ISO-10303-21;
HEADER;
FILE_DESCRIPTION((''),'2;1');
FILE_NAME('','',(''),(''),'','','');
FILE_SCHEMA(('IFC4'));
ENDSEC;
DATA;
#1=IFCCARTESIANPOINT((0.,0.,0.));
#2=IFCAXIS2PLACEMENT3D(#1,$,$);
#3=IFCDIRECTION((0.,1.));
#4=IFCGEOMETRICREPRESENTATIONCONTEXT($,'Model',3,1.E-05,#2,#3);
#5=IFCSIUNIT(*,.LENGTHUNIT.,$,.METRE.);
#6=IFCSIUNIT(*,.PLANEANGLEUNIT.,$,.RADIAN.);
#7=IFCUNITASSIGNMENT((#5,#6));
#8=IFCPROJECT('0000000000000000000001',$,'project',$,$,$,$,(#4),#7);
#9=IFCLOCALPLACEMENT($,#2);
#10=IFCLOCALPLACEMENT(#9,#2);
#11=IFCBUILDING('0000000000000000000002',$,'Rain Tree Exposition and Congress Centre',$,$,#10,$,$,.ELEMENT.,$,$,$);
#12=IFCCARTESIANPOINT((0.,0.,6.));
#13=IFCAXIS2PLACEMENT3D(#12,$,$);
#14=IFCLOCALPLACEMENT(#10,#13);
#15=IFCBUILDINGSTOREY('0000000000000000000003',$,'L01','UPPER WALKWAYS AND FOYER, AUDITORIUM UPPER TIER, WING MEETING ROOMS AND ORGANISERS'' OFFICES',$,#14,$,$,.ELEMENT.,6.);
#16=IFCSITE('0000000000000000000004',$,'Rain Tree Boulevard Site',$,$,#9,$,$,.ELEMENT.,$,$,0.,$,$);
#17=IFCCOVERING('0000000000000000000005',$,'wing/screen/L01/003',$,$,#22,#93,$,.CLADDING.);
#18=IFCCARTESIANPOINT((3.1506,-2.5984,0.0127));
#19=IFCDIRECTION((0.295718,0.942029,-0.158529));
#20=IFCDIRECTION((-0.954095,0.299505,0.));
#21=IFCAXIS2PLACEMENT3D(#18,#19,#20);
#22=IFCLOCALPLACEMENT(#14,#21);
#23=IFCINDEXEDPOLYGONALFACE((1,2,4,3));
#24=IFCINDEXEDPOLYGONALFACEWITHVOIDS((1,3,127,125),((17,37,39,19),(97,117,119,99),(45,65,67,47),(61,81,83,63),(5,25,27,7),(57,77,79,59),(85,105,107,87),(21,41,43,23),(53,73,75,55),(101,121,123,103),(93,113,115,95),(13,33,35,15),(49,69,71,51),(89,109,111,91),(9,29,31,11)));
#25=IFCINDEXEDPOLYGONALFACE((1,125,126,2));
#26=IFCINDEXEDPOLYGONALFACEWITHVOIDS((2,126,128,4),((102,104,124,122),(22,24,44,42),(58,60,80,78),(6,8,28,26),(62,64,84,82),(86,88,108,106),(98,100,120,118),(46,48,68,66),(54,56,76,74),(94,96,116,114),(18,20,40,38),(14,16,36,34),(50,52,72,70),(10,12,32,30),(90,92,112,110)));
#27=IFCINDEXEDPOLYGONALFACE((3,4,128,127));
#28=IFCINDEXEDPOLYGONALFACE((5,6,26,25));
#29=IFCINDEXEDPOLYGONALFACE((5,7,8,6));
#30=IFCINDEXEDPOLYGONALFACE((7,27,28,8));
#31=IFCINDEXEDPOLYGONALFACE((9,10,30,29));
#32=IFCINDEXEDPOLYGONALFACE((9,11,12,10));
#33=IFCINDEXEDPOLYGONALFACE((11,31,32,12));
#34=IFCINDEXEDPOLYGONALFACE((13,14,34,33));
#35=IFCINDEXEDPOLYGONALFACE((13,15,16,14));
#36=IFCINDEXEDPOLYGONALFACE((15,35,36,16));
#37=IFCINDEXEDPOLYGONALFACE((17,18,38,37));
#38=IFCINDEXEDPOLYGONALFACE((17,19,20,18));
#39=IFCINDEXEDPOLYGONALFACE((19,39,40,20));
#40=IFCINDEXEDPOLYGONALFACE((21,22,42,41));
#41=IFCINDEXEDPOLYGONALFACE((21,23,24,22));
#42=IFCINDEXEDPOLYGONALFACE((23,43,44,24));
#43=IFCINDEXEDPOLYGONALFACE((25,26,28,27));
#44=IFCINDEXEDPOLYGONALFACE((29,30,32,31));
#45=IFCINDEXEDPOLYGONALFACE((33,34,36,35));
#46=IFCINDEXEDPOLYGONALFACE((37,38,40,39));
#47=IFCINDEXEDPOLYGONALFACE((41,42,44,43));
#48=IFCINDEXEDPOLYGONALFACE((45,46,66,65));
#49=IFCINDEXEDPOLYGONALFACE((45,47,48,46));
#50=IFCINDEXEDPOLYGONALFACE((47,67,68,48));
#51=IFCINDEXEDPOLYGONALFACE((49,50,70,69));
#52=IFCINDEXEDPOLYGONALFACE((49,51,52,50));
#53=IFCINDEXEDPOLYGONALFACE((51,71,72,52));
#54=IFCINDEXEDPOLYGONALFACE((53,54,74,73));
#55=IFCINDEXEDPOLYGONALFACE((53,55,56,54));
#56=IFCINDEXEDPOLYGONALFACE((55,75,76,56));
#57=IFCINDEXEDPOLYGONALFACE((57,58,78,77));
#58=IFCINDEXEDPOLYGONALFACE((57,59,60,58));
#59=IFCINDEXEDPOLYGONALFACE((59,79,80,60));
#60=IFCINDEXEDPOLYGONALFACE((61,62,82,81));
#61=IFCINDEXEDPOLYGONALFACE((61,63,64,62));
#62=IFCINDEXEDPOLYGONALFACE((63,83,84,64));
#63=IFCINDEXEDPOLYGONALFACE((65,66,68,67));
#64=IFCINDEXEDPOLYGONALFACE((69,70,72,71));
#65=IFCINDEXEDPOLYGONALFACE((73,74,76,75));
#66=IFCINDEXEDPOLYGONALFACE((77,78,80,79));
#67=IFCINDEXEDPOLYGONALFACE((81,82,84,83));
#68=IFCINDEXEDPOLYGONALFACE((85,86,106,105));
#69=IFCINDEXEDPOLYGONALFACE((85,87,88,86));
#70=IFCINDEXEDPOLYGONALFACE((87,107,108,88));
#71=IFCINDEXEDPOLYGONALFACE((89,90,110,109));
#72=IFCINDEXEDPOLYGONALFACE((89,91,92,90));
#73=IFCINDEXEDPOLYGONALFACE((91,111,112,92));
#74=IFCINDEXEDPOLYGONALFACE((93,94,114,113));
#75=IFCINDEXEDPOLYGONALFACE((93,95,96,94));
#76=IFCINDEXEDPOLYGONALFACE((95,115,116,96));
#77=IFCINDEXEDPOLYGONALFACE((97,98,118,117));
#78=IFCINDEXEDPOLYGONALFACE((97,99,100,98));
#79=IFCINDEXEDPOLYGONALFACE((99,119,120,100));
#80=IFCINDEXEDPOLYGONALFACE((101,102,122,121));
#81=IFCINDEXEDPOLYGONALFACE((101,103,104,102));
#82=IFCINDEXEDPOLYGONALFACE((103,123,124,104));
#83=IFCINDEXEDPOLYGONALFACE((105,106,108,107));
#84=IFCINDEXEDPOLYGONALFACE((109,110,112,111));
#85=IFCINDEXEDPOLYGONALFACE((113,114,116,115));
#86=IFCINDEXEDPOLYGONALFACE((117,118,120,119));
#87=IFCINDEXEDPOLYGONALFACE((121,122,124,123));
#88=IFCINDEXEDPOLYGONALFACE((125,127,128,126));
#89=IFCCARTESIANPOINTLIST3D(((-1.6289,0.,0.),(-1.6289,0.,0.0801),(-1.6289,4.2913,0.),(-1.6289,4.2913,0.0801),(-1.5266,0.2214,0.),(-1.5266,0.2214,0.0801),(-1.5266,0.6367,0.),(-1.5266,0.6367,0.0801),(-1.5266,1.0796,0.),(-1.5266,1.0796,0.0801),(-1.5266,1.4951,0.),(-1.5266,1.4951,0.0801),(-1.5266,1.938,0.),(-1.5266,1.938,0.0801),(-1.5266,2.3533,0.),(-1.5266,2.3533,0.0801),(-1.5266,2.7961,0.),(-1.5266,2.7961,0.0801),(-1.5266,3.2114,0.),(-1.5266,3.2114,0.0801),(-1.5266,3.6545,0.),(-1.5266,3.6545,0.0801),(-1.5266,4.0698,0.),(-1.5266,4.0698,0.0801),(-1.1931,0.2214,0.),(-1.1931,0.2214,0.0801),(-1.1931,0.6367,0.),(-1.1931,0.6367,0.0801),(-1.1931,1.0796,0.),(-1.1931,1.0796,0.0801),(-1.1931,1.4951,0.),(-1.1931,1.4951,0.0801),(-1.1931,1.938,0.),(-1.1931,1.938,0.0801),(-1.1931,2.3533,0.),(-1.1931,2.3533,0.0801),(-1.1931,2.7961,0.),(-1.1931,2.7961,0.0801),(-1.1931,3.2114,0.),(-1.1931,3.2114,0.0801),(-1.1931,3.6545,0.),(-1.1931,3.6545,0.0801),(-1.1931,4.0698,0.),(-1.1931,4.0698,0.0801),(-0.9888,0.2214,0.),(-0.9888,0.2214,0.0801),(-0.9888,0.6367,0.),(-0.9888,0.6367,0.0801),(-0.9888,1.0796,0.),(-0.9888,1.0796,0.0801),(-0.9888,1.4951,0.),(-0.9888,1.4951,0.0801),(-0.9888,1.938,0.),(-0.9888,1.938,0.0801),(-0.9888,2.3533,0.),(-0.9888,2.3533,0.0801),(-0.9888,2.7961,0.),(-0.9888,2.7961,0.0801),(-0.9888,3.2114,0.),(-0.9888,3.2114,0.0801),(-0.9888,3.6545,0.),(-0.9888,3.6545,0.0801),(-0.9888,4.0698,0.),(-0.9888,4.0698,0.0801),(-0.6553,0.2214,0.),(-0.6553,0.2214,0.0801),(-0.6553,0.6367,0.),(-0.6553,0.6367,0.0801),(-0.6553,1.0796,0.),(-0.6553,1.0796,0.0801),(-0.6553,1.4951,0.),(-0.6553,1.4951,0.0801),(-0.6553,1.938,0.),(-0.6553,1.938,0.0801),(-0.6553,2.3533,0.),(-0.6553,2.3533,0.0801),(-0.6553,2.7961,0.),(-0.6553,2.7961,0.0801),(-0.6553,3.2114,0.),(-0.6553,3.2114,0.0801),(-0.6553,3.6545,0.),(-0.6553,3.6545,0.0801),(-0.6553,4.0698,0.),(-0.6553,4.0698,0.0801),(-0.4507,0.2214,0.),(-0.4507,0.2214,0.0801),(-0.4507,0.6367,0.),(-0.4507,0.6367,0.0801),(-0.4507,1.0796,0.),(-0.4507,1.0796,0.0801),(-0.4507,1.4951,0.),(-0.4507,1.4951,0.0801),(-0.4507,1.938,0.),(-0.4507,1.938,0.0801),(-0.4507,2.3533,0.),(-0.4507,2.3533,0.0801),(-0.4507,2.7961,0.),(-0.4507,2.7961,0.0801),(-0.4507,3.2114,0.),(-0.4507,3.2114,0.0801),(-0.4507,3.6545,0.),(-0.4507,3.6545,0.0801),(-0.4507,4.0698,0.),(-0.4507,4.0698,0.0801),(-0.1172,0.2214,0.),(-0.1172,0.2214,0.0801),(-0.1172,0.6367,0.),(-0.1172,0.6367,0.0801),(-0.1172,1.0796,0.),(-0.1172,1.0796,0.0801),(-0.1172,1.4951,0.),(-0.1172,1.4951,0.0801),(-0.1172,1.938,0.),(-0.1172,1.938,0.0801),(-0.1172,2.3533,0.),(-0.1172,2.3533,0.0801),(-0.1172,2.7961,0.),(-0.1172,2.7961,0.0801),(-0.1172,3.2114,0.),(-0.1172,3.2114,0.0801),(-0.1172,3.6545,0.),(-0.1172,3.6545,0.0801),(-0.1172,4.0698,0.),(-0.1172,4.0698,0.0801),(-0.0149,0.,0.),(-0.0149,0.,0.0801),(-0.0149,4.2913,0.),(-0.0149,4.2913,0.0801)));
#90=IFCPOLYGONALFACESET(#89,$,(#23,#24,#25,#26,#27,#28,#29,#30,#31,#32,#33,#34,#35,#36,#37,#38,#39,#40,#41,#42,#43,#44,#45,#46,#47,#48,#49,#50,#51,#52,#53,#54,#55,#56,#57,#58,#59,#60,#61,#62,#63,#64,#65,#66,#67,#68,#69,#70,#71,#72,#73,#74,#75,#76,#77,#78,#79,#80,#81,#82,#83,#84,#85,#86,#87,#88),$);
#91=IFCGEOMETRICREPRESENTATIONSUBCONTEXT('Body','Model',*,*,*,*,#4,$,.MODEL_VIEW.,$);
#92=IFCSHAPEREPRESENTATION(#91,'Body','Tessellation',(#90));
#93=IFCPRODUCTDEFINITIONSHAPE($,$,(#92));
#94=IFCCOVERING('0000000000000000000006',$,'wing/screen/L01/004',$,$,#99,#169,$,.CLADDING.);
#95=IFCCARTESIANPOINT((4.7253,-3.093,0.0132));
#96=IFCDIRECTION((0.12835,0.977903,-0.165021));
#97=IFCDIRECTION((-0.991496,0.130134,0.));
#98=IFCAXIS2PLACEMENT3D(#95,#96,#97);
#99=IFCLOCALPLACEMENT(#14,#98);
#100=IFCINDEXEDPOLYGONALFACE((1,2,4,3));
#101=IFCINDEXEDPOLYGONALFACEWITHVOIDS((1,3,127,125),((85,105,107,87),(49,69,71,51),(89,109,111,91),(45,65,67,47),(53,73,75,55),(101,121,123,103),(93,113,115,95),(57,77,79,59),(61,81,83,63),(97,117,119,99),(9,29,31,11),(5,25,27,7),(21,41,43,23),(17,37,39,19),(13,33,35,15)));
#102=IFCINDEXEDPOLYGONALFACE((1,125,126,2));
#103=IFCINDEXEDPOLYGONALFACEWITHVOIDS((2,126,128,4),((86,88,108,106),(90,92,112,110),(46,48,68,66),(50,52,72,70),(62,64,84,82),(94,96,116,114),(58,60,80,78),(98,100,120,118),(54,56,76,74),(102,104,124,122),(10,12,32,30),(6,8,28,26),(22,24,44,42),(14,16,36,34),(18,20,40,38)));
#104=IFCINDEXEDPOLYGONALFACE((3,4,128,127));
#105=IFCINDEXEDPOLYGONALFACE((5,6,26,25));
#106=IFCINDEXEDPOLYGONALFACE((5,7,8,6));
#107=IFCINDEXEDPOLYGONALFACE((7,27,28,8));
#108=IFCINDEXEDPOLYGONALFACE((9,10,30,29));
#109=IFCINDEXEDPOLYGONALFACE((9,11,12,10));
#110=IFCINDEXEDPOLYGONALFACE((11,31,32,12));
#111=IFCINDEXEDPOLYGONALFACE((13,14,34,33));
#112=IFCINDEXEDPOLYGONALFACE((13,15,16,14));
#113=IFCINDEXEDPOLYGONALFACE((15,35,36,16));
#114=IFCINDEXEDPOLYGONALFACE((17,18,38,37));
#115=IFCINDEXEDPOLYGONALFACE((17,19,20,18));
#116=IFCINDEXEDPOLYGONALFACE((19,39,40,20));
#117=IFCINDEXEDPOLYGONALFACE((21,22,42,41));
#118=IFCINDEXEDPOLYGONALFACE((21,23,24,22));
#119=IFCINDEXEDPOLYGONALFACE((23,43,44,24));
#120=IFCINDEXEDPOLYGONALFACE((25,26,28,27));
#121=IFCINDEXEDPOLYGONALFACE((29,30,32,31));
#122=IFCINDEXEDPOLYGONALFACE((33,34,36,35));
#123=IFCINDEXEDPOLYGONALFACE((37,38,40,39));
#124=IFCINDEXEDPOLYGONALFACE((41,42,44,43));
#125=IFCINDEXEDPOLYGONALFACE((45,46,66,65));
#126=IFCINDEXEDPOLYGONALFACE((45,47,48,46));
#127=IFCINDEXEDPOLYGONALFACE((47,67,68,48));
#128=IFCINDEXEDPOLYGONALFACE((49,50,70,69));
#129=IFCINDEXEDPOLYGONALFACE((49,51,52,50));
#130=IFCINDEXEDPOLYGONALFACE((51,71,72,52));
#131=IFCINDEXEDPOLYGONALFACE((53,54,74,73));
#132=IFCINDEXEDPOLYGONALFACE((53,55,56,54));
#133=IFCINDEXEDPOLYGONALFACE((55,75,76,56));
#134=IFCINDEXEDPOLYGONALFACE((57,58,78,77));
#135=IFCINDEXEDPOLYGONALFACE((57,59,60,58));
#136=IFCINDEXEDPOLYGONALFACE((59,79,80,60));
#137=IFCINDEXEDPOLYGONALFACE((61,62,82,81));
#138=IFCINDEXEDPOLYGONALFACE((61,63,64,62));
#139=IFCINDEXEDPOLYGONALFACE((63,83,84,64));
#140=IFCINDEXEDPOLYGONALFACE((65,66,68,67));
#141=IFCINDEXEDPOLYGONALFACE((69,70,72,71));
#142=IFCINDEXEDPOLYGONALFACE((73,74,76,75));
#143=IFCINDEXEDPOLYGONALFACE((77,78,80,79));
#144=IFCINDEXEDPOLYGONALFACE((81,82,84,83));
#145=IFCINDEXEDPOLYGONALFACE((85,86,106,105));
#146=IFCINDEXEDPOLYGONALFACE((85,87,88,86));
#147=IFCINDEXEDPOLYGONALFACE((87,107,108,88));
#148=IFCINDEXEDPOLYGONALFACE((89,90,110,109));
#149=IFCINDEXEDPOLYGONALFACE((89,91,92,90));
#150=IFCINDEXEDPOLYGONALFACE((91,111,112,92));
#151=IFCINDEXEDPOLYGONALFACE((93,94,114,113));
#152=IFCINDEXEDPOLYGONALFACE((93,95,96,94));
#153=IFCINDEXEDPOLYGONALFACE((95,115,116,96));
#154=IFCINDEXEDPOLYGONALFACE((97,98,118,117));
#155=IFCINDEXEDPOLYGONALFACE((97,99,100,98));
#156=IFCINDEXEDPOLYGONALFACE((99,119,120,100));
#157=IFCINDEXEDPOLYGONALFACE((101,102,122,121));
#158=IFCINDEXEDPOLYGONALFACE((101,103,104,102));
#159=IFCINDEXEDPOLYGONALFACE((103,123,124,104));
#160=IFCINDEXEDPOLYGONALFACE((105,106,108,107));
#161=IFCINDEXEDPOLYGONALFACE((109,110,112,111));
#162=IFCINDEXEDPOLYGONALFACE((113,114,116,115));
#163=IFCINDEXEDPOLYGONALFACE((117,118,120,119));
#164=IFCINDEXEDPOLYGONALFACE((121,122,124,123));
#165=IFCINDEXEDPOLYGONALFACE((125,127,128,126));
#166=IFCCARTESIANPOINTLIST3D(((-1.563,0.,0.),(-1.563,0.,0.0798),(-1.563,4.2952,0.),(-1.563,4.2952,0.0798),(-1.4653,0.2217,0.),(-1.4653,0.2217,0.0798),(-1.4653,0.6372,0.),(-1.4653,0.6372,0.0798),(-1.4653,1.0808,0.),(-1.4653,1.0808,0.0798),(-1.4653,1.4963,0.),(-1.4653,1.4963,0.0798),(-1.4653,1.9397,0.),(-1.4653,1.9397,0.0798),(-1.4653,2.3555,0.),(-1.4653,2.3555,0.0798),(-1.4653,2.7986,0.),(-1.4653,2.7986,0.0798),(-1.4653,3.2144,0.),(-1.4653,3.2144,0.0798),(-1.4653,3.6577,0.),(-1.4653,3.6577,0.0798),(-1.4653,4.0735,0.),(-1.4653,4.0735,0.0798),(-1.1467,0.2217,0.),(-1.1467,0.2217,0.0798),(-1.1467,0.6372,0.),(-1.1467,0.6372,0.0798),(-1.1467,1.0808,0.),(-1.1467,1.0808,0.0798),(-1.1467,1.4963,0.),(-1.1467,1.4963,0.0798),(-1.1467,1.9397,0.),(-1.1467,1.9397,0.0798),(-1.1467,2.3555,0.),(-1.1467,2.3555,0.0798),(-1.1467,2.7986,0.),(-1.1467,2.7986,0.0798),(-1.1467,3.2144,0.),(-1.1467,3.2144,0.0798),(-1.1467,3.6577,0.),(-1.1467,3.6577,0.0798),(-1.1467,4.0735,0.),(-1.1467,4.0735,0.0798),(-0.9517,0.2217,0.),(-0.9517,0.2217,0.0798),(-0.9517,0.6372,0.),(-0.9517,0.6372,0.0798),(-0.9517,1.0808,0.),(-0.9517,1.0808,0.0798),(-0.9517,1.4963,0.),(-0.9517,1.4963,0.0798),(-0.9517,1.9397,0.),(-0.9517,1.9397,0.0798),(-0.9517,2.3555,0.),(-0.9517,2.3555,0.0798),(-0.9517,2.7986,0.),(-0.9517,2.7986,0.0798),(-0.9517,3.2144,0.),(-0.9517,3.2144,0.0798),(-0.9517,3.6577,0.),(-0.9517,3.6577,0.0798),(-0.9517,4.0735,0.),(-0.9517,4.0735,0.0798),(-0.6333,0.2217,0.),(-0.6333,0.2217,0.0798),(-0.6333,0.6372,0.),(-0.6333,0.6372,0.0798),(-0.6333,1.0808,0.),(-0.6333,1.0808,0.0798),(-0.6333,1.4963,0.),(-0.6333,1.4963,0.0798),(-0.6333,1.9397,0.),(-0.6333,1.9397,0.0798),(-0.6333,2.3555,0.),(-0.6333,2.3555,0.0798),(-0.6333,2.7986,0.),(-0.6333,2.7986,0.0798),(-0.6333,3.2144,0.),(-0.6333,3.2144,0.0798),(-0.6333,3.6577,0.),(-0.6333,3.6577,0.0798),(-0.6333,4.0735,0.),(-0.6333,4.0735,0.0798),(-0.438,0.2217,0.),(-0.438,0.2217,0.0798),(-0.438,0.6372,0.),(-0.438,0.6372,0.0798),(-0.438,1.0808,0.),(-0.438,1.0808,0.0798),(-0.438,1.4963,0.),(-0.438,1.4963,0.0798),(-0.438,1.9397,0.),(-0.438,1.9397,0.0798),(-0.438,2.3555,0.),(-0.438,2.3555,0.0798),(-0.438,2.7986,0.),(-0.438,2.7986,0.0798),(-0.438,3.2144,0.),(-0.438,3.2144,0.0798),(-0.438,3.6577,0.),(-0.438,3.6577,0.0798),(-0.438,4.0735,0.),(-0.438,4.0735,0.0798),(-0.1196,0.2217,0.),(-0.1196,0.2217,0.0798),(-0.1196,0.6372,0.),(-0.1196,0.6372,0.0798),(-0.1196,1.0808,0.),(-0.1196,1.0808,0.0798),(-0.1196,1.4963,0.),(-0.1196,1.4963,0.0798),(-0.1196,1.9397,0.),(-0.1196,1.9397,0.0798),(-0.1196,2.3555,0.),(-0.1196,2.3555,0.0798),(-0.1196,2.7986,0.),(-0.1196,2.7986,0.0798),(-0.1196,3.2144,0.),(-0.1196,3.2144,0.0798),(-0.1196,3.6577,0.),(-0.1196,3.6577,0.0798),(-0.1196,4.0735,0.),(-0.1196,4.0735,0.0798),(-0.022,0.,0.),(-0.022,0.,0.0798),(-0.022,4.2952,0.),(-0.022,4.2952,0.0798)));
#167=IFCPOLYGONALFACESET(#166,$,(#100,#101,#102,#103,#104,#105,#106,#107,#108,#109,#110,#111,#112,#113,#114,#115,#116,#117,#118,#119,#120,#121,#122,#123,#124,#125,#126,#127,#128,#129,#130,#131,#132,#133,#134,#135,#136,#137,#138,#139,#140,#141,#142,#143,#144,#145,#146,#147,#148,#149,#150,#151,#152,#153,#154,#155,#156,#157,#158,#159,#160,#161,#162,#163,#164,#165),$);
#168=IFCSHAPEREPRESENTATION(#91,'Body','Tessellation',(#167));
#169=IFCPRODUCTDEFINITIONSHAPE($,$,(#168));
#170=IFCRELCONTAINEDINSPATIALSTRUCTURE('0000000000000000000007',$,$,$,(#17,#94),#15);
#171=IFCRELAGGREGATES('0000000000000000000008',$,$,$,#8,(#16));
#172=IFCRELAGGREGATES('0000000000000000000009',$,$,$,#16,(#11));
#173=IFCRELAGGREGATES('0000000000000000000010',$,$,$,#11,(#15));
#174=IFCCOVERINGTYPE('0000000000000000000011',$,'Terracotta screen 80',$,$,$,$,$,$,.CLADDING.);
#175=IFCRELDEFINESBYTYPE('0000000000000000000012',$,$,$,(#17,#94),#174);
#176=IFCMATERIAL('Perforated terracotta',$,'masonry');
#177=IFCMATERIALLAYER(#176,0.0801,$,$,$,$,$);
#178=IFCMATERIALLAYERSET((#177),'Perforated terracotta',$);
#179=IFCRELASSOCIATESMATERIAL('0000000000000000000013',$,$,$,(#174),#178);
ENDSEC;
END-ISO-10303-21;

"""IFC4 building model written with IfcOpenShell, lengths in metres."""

from ifc_helpers import new_model, si_unit, direction, frame, origin, place, context, subcontext, project, spatial, polyline, outline, extrude, material, layer, layer_set, type_object, element, save


model = new_model("IFC4")

# Units and contexts
model_context = context("Model", 3, precision=1e-05, world=origin(), true_north=direction((0.0, 1.0)))
body_context = subcontext(model_context, "Body", "Model", "MODEL_VIEW")
ifc_project = project(units=[si_unit("LENGTHUNIT", "METRE"), si_unit("PLANEANGLEUNIT", "RADIAN")], contexts=[model_context])

# Site, building, storey
site_placement = place(None, origin())
site = spatial("IfcSite", under=ifc_project, at=site_placement, Name="Rain Tree Boulevard Site", CompositionType="ELEMENT", RefElevation=0.0)
building_placement = place(site_placement, origin())
building = spatial("IfcBuilding", under=site, at=building_placement, Name="Rain Tree Exposition and Congress Centre", CompositionType="ELEMENT")
storey_placement = place(building_placement, frame((0.0, 0.0, 6.0)))
storey = spatial("IfcBuildingStorey", under=building, at=storey_placement, Name="L01", Description="UPPER WALKWAYS AND FOYER, AUDITORIUM UPPER TIER, WING MEETING ROOMS AND ORGANISERS' OFFICES", CompositionType="ELEMENT", Elevation=6.0)

# Coverings
ifc_material_1 = material(Name="Perforated terracotta", Category="masonry")
ifc_layer_1 = layer(ifc_material_1, 0.0801)
ifc_layer_set_1 = layer_set([ifc_layer_1], Name="Perforated terracotta")
covering_type = type_object("IfcCoveringType", Name="Terracotta screen 80", PredefinedType="CLADDING", material=ifc_layer_set_1)
covering_1_placement = place(storey_placement, frame((3.1506, -2.5984, 0.0127), z_axis=(0.295718, 0.942029, -0.158529), x_axis=(-0.954095, 0.299505, 0.0)))
element("IfcCovering", 1, at=covering_1_placement, inside=storey, type_object=covering_type, Name="wing/screen/L01/003", PredefinedType="CLADDING", context=body_context, shape_type="SweptSolid", body=[
    extrude(outline(polyline([(-1.6289, 0.0), (-1.6289, 4.2913), (-0.0149, 4.2913), (-0.0149, 0.0), (-1.6289, 0.0)]), holes=[polyline([(-0.1172, 0.2214), (-0.1172, 0.6367), (-0.4507, 0.6367), (-0.4507, 0.2214), (-0.1172, 0.2214)]), polyline([(-0.1172, 1.0796), (-0.1172, 1.4951), (-0.4507, 1.4951), (-0.4507, 1.0796), (-0.1172, 1.0796)]), polyline([(-0.1172, 1.938), (-0.1172, 2.3533), (-0.4507, 2.3533), (-0.4507, 1.938), (-0.1172, 1.938)]), polyline([(-0.1172, 2.7961), (-0.1172, 3.2114), (-0.4507, 3.2114), (-0.4507, 2.7961), (-0.1172, 2.7961)]), polyline([(-0.1172, 3.6545), (-0.1172, 4.0698), (-0.4507, 4.0698), (-0.4507, 3.6545), (-0.1172, 3.6545)]), polyline([(-0.6553, 0.2214), (-0.6553, 0.6367), (-0.9888, 0.6367), (-0.9888, 0.2214), (-0.6553, 0.2214)]), polyline([(-0.6553, 1.0796), (-0.6553, 1.4951), (-0.9888, 1.4951), (-0.9888, 1.0796), (-0.6553, 1.0796)]), polyline([(-0.6553, 1.938), (-0.6553, 2.3533), (-0.9888, 2.3533), (-0.9888, 1.938), (-0.6553, 1.938)]), polyline([(-0.6553, 2.7961), (-0.6553, 3.2114), (-0.9888, 3.2114), (-0.9888, 2.7961), (-0.6553, 2.7961)]), polyline([(-0.6553, 3.6545), (-0.6553, 4.0698), (-0.9888, 4.0698), (-0.9888, 3.6545), (-0.6553, 3.6545)]), polyline([(-1.1931, 0.2214), (-1.1931, 0.6367), (-1.5266, 0.6367), (-1.5266, 0.2214), (-1.1931, 0.2214)]), polyline([(-1.1931, 1.0796), (-1.1931, 1.4951), (-1.5266, 1.4951), (-1.5266, 1.0796), (-1.1931, 1.0796)]), polyline([(-1.1931, 1.938), (-1.1931, 2.3533), (-1.5266, 2.3533), (-1.5266, 1.938), (-1.1931, 1.938)]), polyline([(-1.1931, 2.7961), (-1.1931, 3.2114), (-1.5266, 3.2114), (-1.5266, 2.7961), (-1.1931, 2.7961)]), polyline([(-1.1931, 3.6545), (-1.1931, 4.0698), (-1.5266, 4.0698), (-1.5266, 3.6545), (-1.1931, 3.6545)])]), origin(), (0.0, 0.0, 1.0), 0.0801),
])
covering_2_placement = place(storey_placement, frame((4.7253, -3.093, 0.0132), z_axis=(0.12835, 0.977903, -0.165021), x_axis=(-0.991496, 0.130134, 0.0)))
element("IfcCovering", 2, at=covering_2_placement, inside=storey, type_object=covering_type, Name="wing/screen/L01/004", PredefinedType="CLADDING", context=body_context, shape_type="SweptSolid", body=[
    extrude(outline(polyline([(-1.563, 0.0), (-1.563, 4.2952), (-0.022, 4.2952), (-0.022, 0.0), (-1.563, 0.0)]), holes=[polyline([(-0.1196, 0.2217), (-0.1196, 0.6372), (-0.438, 0.6372), (-0.438, 0.2217), (-0.1196, 0.2217)]), polyline([(-0.1196, 1.0808), (-0.1196, 1.4963), (-0.438, 1.4963), (-0.438, 1.0808), (-0.1196, 1.0808)]), polyline([(-0.1196, 1.9397), (-0.1196, 2.3555), (-0.438, 2.3555), (-0.438, 1.9397), (-0.1196, 1.9397)]), polyline([(-0.1196, 2.7986), (-0.1196, 3.2144), (-0.438, 3.2144), (-0.438, 2.7986), (-0.1196, 2.7986)]), polyline([(-0.1196, 3.6577), (-0.1196, 4.0735), (-0.438, 4.0735), (-0.438, 3.6577), (-0.1196, 3.6577)]), polyline([(-0.6333, 0.2217), (-0.6333, 0.6372), (-0.9517, 0.6372), (-0.9517, 0.2217), (-0.6333, 0.2217)]), polyline([(-0.6333, 1.0808), (-0.6333, 1.4963), (-0.9517, 1.4963), (-0.9517, 1.0808), (-0.6333, 1.0808)]), polyline([(-0.6333, 1.9397), (-0.6333, 2.3555), (-0.9517, 2.3555), (-0.9517, 1.9397), (-0.6333, 1.9397)]), polyline([(-0.6333, 2.7986), (-0.6333, 3.2144), (-0.9517, 3.2144), (-0.9517, 2.7986), (-0.6333, 2.7986)]), polyline([(-0.6333, 3.6577), (-0.6333, 4.0735), (-0.9517, 4.0735), (-0.9517, 3.6577), (-0.6333, 3.6577)]), polyline([(-1.1467, 0.2217), (-1.1467, 0.6372), (-1.4653, 0.6372), (-1.4653, 0.2217), (-1.1467, 0.2217)]), polyline([(-1.1467, 1.0808), (-1.1467, 1.4963), (-1.4653, 1.4963), (-1.4653, 1.0808), (-1.1467, 1.0808)]), polyline([(-1.1467, 1.9397), (-1.1467, 2.3555), (-1.4653, 2.3555), (-1.4653, 1.9397), (-1.1467, 1.9397)]), polyline([(-1.1467, 2.7986), (-1.1467, 3.2144), (-1.4653, 3.2144), (-1.4653, 2.7986), (-1.1467, 2.7986)]), polyline([(-1.1467, 3.6577), (-1.1467, 4.0735), (-1.4653, 4.0735), (-1.4653, 3.6577), (-1.1467, 3.6577)])]), origin(), (0.0, 0.0, 1.0), 0.0798),
])

save(model, "model.ifc")
